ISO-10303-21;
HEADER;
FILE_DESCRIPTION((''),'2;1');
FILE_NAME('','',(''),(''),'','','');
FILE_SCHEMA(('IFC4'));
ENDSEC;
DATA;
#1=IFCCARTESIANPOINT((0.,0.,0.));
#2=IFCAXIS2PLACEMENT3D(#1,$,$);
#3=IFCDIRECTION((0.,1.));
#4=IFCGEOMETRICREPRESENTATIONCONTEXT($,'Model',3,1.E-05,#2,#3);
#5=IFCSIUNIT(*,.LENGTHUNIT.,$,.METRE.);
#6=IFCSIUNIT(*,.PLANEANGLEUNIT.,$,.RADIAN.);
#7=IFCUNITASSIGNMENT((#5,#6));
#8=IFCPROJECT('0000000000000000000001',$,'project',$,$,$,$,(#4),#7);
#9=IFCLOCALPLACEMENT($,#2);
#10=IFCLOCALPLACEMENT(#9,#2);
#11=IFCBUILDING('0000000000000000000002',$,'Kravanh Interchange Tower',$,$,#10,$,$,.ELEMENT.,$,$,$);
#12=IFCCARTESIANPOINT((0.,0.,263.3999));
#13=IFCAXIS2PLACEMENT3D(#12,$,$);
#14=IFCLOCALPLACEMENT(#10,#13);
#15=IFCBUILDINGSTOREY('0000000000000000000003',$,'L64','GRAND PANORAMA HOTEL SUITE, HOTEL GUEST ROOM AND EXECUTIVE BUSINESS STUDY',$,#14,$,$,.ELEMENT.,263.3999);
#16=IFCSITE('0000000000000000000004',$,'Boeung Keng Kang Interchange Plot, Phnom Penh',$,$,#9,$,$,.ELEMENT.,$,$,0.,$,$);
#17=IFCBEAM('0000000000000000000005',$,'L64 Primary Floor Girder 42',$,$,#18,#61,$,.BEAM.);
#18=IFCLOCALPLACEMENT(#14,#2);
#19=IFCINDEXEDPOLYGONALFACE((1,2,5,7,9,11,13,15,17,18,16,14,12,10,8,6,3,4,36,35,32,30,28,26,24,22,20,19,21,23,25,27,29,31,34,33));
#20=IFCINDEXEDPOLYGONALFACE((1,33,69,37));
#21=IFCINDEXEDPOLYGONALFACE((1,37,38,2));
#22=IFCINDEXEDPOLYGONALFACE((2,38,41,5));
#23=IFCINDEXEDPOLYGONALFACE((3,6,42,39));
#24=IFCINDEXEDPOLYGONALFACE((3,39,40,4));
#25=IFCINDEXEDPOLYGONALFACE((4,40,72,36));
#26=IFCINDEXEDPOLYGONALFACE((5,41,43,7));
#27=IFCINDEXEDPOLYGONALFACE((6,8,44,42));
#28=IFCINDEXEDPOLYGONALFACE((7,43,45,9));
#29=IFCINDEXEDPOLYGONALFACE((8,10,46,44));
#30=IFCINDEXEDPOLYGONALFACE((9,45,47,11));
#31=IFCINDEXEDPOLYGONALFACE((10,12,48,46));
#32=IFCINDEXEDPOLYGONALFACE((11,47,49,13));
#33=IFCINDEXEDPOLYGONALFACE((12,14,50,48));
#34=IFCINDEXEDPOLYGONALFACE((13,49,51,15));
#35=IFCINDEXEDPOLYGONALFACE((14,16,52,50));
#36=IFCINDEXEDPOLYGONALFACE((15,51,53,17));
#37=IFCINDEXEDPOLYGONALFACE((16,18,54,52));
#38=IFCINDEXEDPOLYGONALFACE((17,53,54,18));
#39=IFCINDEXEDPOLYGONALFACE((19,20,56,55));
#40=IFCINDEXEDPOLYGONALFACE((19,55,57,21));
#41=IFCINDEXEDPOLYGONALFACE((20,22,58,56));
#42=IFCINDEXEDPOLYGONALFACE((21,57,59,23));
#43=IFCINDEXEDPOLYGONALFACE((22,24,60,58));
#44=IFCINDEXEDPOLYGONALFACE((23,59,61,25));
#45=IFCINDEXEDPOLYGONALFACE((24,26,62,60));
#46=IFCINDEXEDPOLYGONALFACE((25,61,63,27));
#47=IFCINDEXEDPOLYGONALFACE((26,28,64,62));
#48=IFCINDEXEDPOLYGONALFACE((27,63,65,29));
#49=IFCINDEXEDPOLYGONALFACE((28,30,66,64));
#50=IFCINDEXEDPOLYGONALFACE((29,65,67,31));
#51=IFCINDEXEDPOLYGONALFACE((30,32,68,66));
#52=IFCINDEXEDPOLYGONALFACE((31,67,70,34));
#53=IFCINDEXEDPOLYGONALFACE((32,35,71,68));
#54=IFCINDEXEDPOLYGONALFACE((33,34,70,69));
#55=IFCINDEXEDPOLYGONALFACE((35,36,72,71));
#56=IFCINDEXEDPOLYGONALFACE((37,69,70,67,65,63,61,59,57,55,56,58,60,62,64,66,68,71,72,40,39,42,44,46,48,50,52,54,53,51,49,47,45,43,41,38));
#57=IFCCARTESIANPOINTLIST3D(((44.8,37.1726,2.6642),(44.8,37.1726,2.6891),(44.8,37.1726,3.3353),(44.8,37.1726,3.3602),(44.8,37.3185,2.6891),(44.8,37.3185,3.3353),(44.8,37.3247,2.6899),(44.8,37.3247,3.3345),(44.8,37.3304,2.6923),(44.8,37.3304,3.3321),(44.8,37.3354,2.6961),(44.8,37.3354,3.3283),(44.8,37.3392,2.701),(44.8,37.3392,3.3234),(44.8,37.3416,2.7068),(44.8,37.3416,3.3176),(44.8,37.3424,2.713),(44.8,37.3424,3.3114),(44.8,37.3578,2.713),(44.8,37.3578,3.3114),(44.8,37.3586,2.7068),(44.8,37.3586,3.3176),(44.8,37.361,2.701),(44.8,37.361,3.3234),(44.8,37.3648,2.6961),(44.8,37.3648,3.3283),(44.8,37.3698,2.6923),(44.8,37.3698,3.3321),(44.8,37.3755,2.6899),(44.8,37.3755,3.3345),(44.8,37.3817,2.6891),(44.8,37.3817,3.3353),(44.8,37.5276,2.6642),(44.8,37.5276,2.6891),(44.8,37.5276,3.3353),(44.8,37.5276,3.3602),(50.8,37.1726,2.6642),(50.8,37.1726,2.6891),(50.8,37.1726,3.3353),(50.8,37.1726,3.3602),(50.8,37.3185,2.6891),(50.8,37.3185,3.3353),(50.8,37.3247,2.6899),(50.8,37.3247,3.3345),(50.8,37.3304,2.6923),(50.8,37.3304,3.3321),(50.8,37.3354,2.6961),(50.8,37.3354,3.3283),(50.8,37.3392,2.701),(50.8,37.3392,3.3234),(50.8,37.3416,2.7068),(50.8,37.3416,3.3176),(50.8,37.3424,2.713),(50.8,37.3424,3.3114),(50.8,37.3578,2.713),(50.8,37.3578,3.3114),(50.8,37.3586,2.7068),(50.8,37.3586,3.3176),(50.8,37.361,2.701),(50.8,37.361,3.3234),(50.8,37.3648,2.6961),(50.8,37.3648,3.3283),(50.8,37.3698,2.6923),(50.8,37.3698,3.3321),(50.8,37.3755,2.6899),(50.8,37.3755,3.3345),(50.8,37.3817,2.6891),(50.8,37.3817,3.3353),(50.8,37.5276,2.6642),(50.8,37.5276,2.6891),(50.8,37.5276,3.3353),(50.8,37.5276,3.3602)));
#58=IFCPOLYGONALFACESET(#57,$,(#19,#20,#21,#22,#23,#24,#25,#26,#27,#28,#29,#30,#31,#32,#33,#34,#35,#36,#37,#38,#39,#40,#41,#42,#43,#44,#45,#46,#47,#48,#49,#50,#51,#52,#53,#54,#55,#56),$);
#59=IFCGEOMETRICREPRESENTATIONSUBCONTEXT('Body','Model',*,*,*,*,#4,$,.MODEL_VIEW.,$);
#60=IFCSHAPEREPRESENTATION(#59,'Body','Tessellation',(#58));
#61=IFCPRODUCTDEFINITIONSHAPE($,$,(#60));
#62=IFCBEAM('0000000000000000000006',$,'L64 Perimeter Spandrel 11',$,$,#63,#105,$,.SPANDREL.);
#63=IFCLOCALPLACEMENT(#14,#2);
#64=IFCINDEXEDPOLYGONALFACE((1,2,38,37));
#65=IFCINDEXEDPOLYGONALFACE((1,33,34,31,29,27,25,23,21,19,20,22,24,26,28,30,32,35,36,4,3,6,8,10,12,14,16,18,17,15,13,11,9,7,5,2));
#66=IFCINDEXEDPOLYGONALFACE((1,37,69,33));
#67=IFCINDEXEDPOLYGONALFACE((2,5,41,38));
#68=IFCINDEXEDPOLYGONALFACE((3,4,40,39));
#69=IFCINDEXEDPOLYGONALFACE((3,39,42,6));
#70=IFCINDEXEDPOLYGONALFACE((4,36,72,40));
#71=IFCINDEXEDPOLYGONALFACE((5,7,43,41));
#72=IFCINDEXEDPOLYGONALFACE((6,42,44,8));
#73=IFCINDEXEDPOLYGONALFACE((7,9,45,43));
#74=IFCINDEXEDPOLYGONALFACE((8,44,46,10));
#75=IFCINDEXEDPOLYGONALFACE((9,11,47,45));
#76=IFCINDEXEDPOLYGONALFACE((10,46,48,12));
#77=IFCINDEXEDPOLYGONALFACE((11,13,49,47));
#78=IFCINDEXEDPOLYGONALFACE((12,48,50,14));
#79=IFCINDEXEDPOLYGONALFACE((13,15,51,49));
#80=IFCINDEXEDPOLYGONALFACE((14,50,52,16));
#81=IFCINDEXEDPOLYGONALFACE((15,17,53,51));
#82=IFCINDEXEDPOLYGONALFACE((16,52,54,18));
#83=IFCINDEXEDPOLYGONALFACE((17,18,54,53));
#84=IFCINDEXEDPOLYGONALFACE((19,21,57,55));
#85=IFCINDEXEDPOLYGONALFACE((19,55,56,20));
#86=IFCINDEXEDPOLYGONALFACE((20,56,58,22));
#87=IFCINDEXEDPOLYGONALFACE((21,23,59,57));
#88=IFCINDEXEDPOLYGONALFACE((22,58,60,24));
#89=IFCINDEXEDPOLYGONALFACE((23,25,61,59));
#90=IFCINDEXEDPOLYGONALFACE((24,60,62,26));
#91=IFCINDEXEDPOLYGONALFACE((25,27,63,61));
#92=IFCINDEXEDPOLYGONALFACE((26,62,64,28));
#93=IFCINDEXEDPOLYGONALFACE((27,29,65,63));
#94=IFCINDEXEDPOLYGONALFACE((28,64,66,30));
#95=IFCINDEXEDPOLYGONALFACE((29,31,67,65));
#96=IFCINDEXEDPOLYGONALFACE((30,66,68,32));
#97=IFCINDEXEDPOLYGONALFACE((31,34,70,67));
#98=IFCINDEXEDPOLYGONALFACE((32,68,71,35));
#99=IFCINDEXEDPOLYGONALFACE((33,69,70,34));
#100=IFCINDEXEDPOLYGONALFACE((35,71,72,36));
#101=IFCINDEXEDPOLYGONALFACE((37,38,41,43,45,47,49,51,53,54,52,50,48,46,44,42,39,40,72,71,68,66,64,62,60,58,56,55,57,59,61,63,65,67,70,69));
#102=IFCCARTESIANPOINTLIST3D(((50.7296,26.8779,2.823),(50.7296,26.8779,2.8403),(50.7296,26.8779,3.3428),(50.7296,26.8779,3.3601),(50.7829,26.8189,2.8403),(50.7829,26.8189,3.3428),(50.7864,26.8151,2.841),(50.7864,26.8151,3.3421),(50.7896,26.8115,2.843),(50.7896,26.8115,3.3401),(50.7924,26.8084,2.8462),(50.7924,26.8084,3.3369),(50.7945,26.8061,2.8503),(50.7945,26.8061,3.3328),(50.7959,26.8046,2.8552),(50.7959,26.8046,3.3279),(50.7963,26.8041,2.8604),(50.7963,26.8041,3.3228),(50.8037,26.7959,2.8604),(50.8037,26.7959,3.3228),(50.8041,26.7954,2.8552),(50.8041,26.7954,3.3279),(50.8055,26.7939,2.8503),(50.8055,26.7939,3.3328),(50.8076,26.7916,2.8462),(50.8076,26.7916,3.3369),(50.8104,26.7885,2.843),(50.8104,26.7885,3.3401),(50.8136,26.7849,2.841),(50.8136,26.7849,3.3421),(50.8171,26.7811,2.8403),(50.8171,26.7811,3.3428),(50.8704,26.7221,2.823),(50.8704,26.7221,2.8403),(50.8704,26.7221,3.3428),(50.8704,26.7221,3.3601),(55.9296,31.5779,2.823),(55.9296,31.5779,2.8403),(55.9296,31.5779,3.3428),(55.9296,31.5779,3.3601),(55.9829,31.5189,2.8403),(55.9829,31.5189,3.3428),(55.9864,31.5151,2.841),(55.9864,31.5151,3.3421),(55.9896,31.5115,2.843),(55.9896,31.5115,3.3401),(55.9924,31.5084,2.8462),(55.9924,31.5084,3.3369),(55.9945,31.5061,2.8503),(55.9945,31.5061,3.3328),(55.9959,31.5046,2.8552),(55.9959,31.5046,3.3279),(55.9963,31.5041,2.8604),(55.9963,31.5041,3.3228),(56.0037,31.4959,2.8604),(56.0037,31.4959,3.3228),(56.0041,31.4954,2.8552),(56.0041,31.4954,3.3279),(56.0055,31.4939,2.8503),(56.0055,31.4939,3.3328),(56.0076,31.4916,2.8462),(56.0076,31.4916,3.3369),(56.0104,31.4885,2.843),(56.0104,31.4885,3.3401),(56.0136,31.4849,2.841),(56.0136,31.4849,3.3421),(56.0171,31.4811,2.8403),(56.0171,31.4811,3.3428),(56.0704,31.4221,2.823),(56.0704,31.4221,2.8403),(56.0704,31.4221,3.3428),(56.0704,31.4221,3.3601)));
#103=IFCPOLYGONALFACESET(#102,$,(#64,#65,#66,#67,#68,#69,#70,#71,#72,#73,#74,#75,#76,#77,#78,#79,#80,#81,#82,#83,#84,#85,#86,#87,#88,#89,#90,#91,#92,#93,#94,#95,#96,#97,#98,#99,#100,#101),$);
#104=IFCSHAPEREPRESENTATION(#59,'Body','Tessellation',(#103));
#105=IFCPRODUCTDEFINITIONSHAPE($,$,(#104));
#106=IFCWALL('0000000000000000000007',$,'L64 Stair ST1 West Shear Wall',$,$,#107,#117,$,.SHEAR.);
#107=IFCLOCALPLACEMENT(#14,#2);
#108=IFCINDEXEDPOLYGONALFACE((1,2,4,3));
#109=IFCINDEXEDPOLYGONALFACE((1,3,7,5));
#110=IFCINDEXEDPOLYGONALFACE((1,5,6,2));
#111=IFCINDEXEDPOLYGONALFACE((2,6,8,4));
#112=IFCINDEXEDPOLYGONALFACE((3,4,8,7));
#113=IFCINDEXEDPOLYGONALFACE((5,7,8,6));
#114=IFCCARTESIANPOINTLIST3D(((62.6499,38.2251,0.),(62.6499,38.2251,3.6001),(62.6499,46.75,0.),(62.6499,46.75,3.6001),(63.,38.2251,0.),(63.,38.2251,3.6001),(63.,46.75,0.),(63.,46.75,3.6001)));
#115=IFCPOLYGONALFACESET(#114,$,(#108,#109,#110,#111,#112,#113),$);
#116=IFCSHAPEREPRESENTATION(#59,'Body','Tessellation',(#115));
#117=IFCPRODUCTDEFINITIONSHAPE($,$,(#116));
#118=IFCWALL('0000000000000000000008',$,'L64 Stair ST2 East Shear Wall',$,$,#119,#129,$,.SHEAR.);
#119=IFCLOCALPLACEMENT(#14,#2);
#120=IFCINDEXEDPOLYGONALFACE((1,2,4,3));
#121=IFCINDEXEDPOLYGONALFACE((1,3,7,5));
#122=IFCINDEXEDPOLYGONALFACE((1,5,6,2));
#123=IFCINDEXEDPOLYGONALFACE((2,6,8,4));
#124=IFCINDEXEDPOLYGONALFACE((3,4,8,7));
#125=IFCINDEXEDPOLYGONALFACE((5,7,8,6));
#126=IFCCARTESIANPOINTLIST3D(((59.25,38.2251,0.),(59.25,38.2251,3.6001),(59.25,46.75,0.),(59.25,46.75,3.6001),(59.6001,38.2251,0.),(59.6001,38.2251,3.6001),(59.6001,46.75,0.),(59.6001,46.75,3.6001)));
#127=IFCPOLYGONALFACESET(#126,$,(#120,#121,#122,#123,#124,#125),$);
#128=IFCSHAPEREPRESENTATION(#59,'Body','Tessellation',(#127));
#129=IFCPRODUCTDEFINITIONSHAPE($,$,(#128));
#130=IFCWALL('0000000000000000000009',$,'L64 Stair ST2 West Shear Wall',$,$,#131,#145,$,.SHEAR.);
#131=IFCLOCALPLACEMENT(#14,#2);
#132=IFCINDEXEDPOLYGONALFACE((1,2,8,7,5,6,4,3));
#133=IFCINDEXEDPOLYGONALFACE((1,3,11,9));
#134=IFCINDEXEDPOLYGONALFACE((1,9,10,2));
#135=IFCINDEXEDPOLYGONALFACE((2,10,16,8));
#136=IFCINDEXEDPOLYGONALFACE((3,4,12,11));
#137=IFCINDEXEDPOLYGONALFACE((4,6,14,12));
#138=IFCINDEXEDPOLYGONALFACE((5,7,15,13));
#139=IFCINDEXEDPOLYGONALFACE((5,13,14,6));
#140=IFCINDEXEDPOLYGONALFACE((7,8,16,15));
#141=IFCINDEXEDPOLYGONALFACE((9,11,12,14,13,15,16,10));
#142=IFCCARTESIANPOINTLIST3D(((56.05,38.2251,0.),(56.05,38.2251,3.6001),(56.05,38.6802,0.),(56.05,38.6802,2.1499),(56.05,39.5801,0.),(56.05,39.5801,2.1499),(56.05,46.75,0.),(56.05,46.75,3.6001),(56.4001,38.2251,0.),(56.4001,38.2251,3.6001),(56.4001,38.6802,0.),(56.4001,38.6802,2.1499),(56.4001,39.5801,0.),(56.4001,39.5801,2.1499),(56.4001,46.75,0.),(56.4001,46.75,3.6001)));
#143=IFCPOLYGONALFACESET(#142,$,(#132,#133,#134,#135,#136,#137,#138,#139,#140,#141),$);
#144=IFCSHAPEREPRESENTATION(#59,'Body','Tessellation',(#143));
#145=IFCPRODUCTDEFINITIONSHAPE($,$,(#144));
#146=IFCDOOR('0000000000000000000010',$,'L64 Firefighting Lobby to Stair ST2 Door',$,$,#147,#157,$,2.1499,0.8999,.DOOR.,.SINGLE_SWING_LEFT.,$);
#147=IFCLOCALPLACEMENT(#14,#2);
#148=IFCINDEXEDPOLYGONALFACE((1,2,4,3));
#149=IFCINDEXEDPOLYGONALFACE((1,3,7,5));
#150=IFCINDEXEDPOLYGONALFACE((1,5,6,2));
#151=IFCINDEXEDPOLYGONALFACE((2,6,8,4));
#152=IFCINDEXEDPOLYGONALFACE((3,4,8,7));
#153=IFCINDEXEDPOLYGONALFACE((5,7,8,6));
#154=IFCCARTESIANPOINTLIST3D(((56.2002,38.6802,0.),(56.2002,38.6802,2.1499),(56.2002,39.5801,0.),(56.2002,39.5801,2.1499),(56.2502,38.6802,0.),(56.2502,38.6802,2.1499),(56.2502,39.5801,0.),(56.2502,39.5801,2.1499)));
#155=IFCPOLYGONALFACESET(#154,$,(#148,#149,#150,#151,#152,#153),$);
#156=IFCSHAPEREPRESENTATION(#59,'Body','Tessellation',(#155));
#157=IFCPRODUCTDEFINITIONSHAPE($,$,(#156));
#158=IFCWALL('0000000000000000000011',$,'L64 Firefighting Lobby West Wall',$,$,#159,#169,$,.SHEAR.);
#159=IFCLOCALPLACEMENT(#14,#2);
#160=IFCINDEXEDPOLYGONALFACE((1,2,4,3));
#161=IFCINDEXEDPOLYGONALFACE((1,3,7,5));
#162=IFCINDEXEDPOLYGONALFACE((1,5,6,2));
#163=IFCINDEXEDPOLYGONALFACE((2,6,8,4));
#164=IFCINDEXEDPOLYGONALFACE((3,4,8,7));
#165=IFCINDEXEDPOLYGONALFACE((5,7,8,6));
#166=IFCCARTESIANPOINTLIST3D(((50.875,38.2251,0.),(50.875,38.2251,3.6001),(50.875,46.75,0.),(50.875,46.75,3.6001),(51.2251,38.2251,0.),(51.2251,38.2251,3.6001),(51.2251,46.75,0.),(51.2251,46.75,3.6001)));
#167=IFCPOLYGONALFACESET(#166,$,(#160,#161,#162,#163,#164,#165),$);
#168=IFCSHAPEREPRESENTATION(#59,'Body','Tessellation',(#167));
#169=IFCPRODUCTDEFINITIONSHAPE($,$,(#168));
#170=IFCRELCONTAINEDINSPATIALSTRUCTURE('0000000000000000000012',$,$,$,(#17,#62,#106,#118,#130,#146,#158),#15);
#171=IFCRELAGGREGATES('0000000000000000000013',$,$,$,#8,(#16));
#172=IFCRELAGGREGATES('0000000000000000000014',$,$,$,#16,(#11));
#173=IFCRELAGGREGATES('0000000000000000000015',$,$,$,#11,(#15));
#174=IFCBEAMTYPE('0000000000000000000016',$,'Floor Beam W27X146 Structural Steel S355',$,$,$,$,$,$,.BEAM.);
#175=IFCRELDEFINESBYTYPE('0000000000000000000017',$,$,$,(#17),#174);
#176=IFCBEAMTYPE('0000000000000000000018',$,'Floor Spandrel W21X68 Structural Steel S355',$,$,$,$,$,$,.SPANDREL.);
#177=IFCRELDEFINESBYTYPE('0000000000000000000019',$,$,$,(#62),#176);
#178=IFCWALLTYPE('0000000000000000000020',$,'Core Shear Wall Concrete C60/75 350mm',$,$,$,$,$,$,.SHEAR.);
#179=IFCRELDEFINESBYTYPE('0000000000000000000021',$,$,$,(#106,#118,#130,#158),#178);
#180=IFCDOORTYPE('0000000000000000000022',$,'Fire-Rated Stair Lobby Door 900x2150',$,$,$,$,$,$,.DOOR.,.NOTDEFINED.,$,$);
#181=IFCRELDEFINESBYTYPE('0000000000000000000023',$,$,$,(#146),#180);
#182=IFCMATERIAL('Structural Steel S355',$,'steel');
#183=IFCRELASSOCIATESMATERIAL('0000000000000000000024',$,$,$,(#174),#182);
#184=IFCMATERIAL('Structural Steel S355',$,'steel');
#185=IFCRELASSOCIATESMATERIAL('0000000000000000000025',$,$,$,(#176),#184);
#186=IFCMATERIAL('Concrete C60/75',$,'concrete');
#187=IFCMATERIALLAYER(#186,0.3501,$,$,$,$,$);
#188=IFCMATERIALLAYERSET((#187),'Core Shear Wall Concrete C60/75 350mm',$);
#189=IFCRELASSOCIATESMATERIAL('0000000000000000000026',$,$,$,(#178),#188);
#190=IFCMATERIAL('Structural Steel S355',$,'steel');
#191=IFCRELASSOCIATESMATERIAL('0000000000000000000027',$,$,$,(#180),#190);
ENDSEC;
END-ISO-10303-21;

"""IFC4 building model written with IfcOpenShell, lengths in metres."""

from ifc_helpers import new_model, si_unit, direction, frame, frame_2d, origin, origin_2d, place, context, subcontext, project, spatial, rectangle, i_section, extrude, material, layer, layer_set, material_profile, profile_set, type_object, element, fill, save


model = new_model("IFC4")

# Units and contexts
model_context = context("Model", 3, precision=1e-05, world=origin(), true_north=direction((0.0, 1.0)))
body_context = subcontext(model_context, "Body", "Model", "MODEL_VIEW")
ifc_project = project(units=[si_unit("LENGTHUNIT", "METRE"), si_unit("PLANEANGLEUNIT", "RADIAN")], contexts=[model_context])

# Site, building, storey
site_placement = place(None, origin())
site = spatial("IfcSite", under=ifc_project, at=site_placement, Name="Boeung Keng Kang Interchange Plot, Phnom Penh", CompositionType="ELEMENT", RefElevation=0.0)
building_placement = place(site_placement, origin())
building = spatial("IfcBuilding", under=site, at=building_placement, Name="Kravanh Interchange Tower", CompositionType="ELEMENT")
storey_placement = place(building_placement, frame((0.0, 0.0, 263.3999)))
storey = spatial("IfcBuildingStorey", under=building, at=storey_placement, Name="L64", Description="GRAND PANORAMA HOTEL SUITE, HOTEL GUEST ROOM AND EXECUTIVE BUSINESS STUDY", CompositionType="ELEMENT", Elevation=263.3999)

# Beams
ifc_material_1 = material(Name="Structural Steel S355", Category="steel")
ifc_material_profile_1 = material_profile(ifc_material_1, i_section(OverallWidth=0.355, OverallDepth=0.696, WebThickness=0.0154, FlangeThickness=0.0249, FilletRadius=0.0239, at=origin_2d()), Name="W27X146")
ifc_profile_set_1 = profile_set([ifc_material_profile_1], Name="Structural Steel S355")
beam_type_1 = type_object("IfcBeamType", Name="Floor Beam W27X146 Structural Steel S355", PredefinedType="BEAM", material=ifc_profile_set_1)
beam_1_placement = place(storey_placement, frame((50.8, 37.3501, 3.0122), z_axis=(-1.0, 0.0, 0.0), x_axis=(0.0, -1.0, 0.0)))
element("IfcBeam", 1, at=beam_1_placement, inside=storey, type_object=beam_type_1, Name="L64 Primary Floor Girder 42", PredefinedType="BEAM", context=body_context, shape_type="SweptSolid", body=[
    extrude(i_section(OverallWidth=0.355, OverallDepth=0.696, WebThickness=0.0154, FlangeThickness=0.0249, FilletRadius=0.0239, at=origin_2d()), origin(), (0.0, 0.0, 1.0), 6.0),
])
ifc_material_2 = material(Name="Structural Steel S355", Category="steel")
ifc_material_profile_2 = material_profile(ifc_material_2, i_section(OverallWidth=0.21, OverallDepth=0.5371, WebThickness=0.011, FlangeThickness=0.0173, FilletRadius=0.02, at=origin_2d()), Name="W21X68")
ifc_profile_set_2 = profile_set([ifc_material_profile_2], Name="Structural Steel S355")
beam_type_2 = type_object("IfcBeamType", Name="Floor Spandrel W21X68 Structural Steel S355", PredefinedType="SPANDREL", material=ifc_profile_set_2)
beam_2_placement = place(storey_placement, frame((56.0, 31.5, 3.0916), z_axis=(-0.741874, -0.670539, 0.0), x_axis=(0.670539, -0.741874, 0.0)))
element("IfcBeam", 2, at=beam_2_placement, inside=storey, type_object=beam_type_2, Name="L64 Perimeter Spandrel 11", PredefinedType="SPANDREL", context=body_context, shape_type="SweptSolid", body=[
    extrude(i_section(OverallWidth=0.21, OverallDepth=0.5371, WebThickness=0.011, FlangeThickness=0.0173, FilletRadius=0.02, at=origin_2d()), origin(), (0.0, 0.0, 1.0), 7.0093),
])

# Walls
ifc_material_3 = material(Name="Concrete C60/75", Category="concrete")
ifc_layer_1 = layer(ifc_material_3, 0.3501)
ifc_layer_set_1 = layer_set([ifc_layer_1], Name="Core Shear Wall Concrete C60/75 350mm")
wall_type_1 = type_object("IfcWallType", Name="Core Shear Wall Concrete C60/75 350mm", PredefinedType="SHEAR", material=ifc_layer_set_1)
for number, where, z_axis, x_axis, name in (
    (3, (62.825, 38.2251, 0.0), (0.0, 0.0, 1.0), (0.0, 1.0, 0.0), "L64 Stair ST1 West Shear Wall"),
    (4, (59.425, 38.2251, 0.0), (0.0, 0.0, 1.0), (0.0, 1.0, 0.0), "L64 Stair ST2 East Shear Wall"),
):
    element("IfcWall", number, at=place(storey_placement, frame(where, z_axis=z_axis, x_axis=x_axis)), inside=storey, type_object=wall_type_1, Name=name, PredefinedType="SHEAR", context=body_context, shape_type="SweptSolid", body=[
        extrude(rectangle(XDim=8.5249, YDim=0.3501, at=frame_2d((4.2625, 0.0))), origin(), (0.0, 0.0, 1.0), 3.6001),
    ])

# Wall, opening, door
wall_1_placement = place(storey_placement, frame((56.2251, 38.2251, 0.0), z_axis=(0.0, 0.0, 1.0), x_axis=(0.0, 1.0, 0.0)))
wall_1 = element("IfcWall", 5, at=wall_1_placement, inside=storey, type_object=wall_type_1, Name="L64 Stair ST2 West Shear Wall", PredefinedType="SHEAR", context=body_context, shape_type="SweptSolid", body=[
    extrude(rectangle(XDim=8.5249, YDim=0.3501, at=frame_2d((4.2625, 0.0))), origin(), (0.0, 0.0, 1.0), 3.6001),
])
opening_1_placement = place(wall_1_placement, frame((0.4551, 0.0, 0.0)))
opening_1 = element("IfcOpeningElement", 6, at=opening_1_placement, cuts=wall_1, PredefinedType="OPENING", context=body_context, shape_type="SweptSolid", body=[
    extrude(rectangle(XDim=0.8999, YDim=2.1499, at=frame_2d((0.45, 1.075))), frame((0.0, 0.1851, 0.0), z_axis=(0.0, -1.0, 0.0), x_axis=(1.0, 0.0, 0.0)), (0.0, 0.0, 1.0), 0.3701),
])
ifc_material_4 = material(Name="Structural Steel S355", Category="steel")
door_type_1 = type_object("IfcDoorType", Name="Fire-Rated Stair Lobby Door 900x2150", OperationType="NOTDEFINED", PredefinedType="DOOR", material=ifc_material_4)
door_1_placement = place(opening_1_placement, origin())
door_1 = element("IfcDoor", 7, at=door_1_placement, inside=storey, type_object=door_type_1, Name="L64 Firefighting Lobby to Stair ST2 Door", OperationType="SINGLE_SWING_LEFT", OverallHeight=2.1499, OverallWidth=0.8999, PredefinedType="DOOR", context=body_context, shape_type="SweptSolid", body=[
    extrude(rectangle(XDim=0.8999, YDim=2.1499, at=frame_2d((0.45, 1.075))), frame((0.0, 0.0249, 0.0), z_axis=(0.0, -1.0, 0.0), x_axis=(1.0, 0.0, 0.0)), (0.0, 0.0, 1.0), 0.05),
])
fill(opening_1, door_1)

# Wall
wall_2_placement = place(storey_placement, frame((51.05, 38.2251, 0.0), z_axis=(0.0, 0.0, 1.0), x_axis=(0.0, 1.0, 0.0)))
element("IfcWall", 8, at=wall_2_placement, inside=storey, type_object=wall_type_1, Name="L64 Firefighting Lobby West Wall", PredefinedType="SHEAR", context=body_context, shape_type="SweptSolid", body=[
    extrude(rectangle(XDim=8.5249, YDim=0.3501, at=frame_2d((4.2625, 0.0))), origin(), (0.0, 0.0, 1.0), 3.6001),
])

save(model, "model.ifc")
